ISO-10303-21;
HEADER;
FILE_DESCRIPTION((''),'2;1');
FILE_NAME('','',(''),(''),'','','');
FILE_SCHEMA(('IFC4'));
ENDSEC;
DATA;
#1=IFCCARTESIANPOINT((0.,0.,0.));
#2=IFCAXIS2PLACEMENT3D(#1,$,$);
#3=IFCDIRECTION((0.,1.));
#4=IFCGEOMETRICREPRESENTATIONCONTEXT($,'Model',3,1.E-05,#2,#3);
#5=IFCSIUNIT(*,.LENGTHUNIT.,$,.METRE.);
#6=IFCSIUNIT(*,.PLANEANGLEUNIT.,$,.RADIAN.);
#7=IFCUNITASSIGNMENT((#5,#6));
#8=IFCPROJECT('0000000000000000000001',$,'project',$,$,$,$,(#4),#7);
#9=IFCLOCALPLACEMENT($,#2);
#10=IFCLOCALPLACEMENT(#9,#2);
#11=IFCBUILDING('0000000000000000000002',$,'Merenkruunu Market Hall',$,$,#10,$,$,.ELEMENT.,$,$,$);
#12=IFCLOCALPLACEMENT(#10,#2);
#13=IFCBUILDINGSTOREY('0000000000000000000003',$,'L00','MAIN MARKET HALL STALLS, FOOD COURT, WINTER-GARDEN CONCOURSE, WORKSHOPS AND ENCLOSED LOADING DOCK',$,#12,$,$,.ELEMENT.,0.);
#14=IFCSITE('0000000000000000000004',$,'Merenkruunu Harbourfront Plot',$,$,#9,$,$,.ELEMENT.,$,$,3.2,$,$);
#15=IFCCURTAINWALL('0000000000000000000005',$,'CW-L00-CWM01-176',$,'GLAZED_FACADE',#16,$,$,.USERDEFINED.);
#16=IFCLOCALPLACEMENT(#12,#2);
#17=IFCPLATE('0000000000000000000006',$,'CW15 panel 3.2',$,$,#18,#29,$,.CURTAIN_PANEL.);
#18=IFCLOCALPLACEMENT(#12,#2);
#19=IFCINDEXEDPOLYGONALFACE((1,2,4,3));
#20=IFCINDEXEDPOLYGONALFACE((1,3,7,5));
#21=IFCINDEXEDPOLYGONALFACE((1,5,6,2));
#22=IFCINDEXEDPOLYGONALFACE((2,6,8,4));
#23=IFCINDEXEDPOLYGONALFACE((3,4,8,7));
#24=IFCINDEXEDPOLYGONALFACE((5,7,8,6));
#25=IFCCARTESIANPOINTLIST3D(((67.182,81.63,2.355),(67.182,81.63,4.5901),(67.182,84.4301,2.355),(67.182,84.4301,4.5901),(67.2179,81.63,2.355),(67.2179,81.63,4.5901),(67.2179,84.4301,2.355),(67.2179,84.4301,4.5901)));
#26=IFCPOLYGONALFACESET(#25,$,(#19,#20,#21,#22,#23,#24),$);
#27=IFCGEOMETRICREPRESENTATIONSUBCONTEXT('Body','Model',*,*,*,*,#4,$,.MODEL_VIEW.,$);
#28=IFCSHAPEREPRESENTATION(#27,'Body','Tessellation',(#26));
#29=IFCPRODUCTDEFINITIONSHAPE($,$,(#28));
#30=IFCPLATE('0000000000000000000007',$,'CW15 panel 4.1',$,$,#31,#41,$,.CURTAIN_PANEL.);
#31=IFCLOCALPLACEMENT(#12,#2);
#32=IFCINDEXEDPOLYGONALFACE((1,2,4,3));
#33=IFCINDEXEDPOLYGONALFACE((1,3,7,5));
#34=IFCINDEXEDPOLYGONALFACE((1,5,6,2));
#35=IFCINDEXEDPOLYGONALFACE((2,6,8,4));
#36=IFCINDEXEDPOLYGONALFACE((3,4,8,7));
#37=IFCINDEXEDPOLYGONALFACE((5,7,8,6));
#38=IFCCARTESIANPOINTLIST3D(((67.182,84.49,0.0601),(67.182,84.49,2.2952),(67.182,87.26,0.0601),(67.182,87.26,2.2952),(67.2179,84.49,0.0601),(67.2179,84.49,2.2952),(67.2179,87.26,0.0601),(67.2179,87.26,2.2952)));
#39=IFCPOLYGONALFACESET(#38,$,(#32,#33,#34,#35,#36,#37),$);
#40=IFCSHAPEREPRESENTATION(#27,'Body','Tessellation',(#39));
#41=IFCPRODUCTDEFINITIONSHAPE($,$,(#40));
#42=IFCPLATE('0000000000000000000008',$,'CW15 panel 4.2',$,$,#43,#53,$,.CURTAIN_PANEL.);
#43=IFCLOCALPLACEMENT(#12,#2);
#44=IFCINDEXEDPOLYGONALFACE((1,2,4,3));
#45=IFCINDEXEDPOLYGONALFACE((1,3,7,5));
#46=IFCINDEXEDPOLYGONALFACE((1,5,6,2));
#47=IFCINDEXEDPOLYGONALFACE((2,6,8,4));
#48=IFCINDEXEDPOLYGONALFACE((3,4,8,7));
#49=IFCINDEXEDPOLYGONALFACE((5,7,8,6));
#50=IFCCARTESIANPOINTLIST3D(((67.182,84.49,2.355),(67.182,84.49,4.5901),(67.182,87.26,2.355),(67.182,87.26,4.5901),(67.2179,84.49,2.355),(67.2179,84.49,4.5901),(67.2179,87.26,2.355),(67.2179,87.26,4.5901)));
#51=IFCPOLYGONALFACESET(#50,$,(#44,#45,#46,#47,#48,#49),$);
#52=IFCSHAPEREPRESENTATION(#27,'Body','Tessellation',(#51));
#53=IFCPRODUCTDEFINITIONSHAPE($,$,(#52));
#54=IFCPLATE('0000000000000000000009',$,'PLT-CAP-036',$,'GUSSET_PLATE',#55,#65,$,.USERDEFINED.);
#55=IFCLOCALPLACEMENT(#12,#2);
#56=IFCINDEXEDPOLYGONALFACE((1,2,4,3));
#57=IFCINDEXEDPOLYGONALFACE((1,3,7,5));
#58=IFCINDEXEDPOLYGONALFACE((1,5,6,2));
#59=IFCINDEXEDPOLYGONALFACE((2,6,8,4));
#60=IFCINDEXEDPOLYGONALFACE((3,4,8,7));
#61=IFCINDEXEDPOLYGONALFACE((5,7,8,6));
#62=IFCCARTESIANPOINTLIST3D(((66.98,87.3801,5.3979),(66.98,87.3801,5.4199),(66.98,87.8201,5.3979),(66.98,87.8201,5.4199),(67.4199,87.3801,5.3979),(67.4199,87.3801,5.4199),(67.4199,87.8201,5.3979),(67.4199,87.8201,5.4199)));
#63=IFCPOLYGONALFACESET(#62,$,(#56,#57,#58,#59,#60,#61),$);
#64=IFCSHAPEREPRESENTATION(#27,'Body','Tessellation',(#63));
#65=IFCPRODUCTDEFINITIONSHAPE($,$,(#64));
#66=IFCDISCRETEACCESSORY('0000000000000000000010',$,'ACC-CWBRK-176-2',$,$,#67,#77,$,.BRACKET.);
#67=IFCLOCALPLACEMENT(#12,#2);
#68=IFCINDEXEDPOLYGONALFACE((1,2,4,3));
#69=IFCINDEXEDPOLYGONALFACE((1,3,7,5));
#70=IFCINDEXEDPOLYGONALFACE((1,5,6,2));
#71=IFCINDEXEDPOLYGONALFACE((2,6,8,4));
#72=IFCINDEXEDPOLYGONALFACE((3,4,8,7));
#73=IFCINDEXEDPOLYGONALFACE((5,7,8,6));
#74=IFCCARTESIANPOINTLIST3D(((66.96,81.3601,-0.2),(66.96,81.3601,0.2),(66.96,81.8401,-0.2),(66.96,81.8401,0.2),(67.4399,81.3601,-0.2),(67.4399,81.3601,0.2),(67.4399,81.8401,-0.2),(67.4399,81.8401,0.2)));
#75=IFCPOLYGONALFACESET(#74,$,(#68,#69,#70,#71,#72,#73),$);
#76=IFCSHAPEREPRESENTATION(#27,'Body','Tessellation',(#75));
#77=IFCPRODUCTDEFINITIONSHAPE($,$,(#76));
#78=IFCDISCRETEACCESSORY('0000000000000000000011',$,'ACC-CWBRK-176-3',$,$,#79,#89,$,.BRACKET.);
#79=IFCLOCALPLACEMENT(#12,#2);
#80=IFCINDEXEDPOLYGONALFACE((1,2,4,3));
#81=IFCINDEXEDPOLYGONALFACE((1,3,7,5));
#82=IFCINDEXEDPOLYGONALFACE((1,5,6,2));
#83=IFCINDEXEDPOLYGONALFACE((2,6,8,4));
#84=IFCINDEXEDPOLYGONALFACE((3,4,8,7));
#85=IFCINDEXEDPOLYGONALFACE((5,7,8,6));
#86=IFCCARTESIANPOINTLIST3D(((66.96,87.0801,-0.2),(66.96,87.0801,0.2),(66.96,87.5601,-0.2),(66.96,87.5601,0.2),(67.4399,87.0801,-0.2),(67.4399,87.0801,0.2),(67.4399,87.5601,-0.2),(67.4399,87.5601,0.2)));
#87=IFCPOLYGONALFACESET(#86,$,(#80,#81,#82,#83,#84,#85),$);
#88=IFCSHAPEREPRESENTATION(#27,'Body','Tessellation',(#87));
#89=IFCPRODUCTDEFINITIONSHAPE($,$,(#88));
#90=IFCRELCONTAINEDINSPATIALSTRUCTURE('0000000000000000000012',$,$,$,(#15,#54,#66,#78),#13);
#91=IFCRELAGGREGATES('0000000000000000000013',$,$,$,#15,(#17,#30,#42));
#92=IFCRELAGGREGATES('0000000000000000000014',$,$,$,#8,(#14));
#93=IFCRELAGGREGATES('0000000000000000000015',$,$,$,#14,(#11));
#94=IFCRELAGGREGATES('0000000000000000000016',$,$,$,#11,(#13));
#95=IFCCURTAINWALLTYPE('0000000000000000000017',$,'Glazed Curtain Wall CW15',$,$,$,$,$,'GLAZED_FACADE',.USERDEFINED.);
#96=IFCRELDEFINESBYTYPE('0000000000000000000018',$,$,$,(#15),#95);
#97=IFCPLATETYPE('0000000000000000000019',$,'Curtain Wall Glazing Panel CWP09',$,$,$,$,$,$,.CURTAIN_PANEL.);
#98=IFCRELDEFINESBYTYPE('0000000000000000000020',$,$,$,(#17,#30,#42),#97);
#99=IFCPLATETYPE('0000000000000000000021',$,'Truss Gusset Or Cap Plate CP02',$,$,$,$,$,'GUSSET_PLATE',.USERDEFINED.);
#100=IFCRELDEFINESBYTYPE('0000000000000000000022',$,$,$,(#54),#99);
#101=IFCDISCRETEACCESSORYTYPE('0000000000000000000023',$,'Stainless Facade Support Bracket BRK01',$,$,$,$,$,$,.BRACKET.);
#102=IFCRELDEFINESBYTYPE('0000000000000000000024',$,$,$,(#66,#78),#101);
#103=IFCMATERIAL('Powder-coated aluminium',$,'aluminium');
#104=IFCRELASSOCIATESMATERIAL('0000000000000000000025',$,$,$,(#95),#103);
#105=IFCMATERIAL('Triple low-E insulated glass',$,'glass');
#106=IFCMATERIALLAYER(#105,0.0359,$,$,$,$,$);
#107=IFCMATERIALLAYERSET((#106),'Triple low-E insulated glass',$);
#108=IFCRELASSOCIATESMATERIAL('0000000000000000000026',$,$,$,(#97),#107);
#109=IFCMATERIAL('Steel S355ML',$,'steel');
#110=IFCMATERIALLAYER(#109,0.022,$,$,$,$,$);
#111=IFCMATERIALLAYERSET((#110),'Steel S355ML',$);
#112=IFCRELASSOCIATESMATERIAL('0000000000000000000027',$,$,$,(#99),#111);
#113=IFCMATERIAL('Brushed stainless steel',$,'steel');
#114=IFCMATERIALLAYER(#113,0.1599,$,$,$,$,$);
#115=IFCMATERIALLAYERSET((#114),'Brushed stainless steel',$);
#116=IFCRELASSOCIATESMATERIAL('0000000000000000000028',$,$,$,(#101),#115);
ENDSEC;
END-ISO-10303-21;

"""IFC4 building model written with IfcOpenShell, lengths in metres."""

from ifc_helpers import new_model, si_unit, direction, frame, origin, origin_2d, place, context, subcontext, project, spatial, rectangle, extrude, material, layer, layer_set, type_object, element, aggregate, save


model = new_model("IFC4")

# Units and contexts
model_context = context("Model", 3, precision=1e-05, world=origin(), true_north=direction((0.0, 1.0)))
body_context = subcontext(model_context, "Body", "Model", "MODEL_VIEW")
ifc_project = project(units=[si_unit("LENGTHUNIT", "METRE"), si_unit("PLANEANGLEUNIT", "RADIAN")], contexts=[model_context])

# Site, building, storey
site_placement = place(None, origin())
site = spatial("IfcSite", under=ifc_project, at=site_placement, Name="Merenkruunu Harbourfront Plot", CompositionType="ELEMENT", RefElevation=3.2)
building_placement = place(site_placement, origin())
building = spatial("IfcBuilding", under=site, at=building_placement, Name="Merenkruunu Market Hall", CompositionType="ELEMENT")
storey_placement = place(building_placement, origin())
storey = spatial("IfcBuildingStorey", under=building, at=storey_placement, Name="L00", Description="MAIN MARKET HALL STALLS, FOOD COURT, WINTER-GARDEN CONCOURSE, WORKSHOPS AND ENCLOSED LOADING DOCK", CompositionType="ELEMENT", Elevation=0.0)

# Shared definitions
ifc_material_1 = material(Name="Steel S355ML", Category="steel")

# Shared definitions
ifc_material_2 = material(Name="Powder-coated aluminium", Category="aluminium")

# Curtain wall
curtain_wall_type_1 = type_object("IfcCurtainWallType", Name="Glazed Curtain Wall CW15", ElementType="GLAZED_FACADE", PredefinedType="USERDEFINED", material=ifc_material_2)
curtain_wall_1_placement = place(storey_placement, origin())
curtain_wall_1 = element("IfcCurtainWall", 1, at=curtain_wall_1_placement, inside=storey, type_object=curtain_wall_type_1, Name="CW-L00-CWM01-176", ObjectType="GLAZED_FACADE", PredefinedType="USERDEFINED")

# Plates
ifc_material_3 = material(Name="Triple low-E insulated glass", Category="glass")
ifc_layer_1 = layer(ifc_material_3, 0.0359)
ifc_layer_set_1 = layer_set([ifc_layer_1], Name="Triple low-E insulated glass")
plate_type_1 = type_object("IfcPlateType", Name="Curtain Wall Glazing Panel CWP09", PredefinedType="CURTAIN_PANEL", material=ifc_layer_set_1)
plate_1_placement = place(storey_placement, frame((67.2, 83.03, 2.355), z_axis=(0.0, 0.0, 1.0), x_axis=(0.0, 1.0, 0.0)))
plate_1 = element("IfcPlate", 2, at=plate_1_placement, type_object=plate_type_1, Name="CW15 panel 3.2", PredefinedType="CURTAIN_PANEL", context=body_context, shape_type="SweptSolid", body=[
    extrude(rectangle(XDim=2.8, YDim=0.0359, at=origin_2d()), origin(), (0.0, 0.0, 1.0), 2.2351),
])
plate_2_placement = place(storey_placement, frame((67.2, 85.875, 0.0601), z_axis=(0.0, 0.0, 1.0), x_axis=(0.0, 1.0, 0.0)))
plate_2 = element("IfcPlate", 3, at=plate_2_placement, type_object=plate_type_1, Name="CW15 panel 4.1", PredefinedType="CURTAIN_PANEL", context=body_context, shape_type="SweptSolid", body=[
    extrude(rectangle(XDim=2.77, YDim=0.0359, at=origin_2d()), origin(), (0.0, 0.0, 1.0), 2.2351),
])
plate_3_placement = place(storey_placement, frame((67.2, 85.875, 2.355), z_axis=(0.0, 0.0, 1.0), x_axis=(0.0, 1.0, 0.0)))
plate_3 = element("IfcPlate", 4, at=plate_3_placement, type_object=plate_type_1, Name="CW15 panel 4.2", PredefinedType="CURTAIN_PANEL", context=body_context, shape_type="SweptSolid", body=[
    extrude(rectangle(XDim=2.77, YDim=0.0359, at=origin_2d()), origin(), (0.0, 0.0, 1.0), 2.2351),
])
aggregate(curtain_wall_1, [plate_1, plate_2, plate_3])
ifc_layer_2 = layer(ifc_material_1, 0.022)
ifc_layer_set_2 = layer_set([ifc_layer_2], Name="Steel S355ML")
plate_type_2 = type_object("IfcPlateType", Name="Truss Gusset Or Cap Plate CP02", ElementType="GUSSET_PLATE", PredefinedType="USERDEFINED", material=ifc_layer_set_2)
plate_4_placement = place(storey_placement, frame((67.2, 87.6001, 5.3979), z_axis=(0.0, 0.0, 1.0), x_axis=(1.0, 0.0, 0.0)))
element("IfcPlate", 5, at=plate_4_placement, inside=storey, type_object=plate_type_2, Name="PLT-CAP-036", ObjectType="GUSSET_PLATE", PredefinedType="USERDEFINED", context=body_context, shape_type="SweptSolid", body=[
    extrude(rectangle(XDim=0.4399, YDim=0.4399, at=origin_2d()), origin(), (0.0, 0.0, 1.0), 0.022),
])

# Discrete accessories
ifc_material_4 = material(Name="Brushed stainless steel", Category="steel")
ifc_layer_3 = layer(ifc_material_4, 0.1599)
ifc_layer_set_3 = layer_set([ifc_layer_3], Name="Brushed stainless steel")
discrete_accessory_type = type_object("IfcDiscreteAccessoryType", Name="Stainless Facade Support Bracket BRK01", PredefinedType="BRACKET", material=ifc_layer_set_3)
for number, where, z_axis, x_axis, name in (
    (6, (67.2, 81.6001, -0.2), (0.0, 0.0, 1.0), (1.0, 0.0, 0.0), "ACC-CWBRK-176-2"),
    (7, (67.2, 87.3201, -0.2), (0.0, 0.0, 1.0), (1.0, 0.0, 0.0), "ACC-CWBRK-176-3"),
):
    element("IfcDiscreteAccessory", number, at=place(storey_placement, frame(where, z_axis=z_axis, x_axis=x_axis)), inside=storey, type_object=discrete_accessory_type, Name=name, PredefinedType="BRACKET", context=body_context, shape_type="SweptSolid", body=[
        extrude(rectangle(XDim=0.48, YDim=0.48, at=origin_2d()), origin(), (0.0, 0.0, 1.0), 0.3999),
    ])

save(model, "model.ifc")
